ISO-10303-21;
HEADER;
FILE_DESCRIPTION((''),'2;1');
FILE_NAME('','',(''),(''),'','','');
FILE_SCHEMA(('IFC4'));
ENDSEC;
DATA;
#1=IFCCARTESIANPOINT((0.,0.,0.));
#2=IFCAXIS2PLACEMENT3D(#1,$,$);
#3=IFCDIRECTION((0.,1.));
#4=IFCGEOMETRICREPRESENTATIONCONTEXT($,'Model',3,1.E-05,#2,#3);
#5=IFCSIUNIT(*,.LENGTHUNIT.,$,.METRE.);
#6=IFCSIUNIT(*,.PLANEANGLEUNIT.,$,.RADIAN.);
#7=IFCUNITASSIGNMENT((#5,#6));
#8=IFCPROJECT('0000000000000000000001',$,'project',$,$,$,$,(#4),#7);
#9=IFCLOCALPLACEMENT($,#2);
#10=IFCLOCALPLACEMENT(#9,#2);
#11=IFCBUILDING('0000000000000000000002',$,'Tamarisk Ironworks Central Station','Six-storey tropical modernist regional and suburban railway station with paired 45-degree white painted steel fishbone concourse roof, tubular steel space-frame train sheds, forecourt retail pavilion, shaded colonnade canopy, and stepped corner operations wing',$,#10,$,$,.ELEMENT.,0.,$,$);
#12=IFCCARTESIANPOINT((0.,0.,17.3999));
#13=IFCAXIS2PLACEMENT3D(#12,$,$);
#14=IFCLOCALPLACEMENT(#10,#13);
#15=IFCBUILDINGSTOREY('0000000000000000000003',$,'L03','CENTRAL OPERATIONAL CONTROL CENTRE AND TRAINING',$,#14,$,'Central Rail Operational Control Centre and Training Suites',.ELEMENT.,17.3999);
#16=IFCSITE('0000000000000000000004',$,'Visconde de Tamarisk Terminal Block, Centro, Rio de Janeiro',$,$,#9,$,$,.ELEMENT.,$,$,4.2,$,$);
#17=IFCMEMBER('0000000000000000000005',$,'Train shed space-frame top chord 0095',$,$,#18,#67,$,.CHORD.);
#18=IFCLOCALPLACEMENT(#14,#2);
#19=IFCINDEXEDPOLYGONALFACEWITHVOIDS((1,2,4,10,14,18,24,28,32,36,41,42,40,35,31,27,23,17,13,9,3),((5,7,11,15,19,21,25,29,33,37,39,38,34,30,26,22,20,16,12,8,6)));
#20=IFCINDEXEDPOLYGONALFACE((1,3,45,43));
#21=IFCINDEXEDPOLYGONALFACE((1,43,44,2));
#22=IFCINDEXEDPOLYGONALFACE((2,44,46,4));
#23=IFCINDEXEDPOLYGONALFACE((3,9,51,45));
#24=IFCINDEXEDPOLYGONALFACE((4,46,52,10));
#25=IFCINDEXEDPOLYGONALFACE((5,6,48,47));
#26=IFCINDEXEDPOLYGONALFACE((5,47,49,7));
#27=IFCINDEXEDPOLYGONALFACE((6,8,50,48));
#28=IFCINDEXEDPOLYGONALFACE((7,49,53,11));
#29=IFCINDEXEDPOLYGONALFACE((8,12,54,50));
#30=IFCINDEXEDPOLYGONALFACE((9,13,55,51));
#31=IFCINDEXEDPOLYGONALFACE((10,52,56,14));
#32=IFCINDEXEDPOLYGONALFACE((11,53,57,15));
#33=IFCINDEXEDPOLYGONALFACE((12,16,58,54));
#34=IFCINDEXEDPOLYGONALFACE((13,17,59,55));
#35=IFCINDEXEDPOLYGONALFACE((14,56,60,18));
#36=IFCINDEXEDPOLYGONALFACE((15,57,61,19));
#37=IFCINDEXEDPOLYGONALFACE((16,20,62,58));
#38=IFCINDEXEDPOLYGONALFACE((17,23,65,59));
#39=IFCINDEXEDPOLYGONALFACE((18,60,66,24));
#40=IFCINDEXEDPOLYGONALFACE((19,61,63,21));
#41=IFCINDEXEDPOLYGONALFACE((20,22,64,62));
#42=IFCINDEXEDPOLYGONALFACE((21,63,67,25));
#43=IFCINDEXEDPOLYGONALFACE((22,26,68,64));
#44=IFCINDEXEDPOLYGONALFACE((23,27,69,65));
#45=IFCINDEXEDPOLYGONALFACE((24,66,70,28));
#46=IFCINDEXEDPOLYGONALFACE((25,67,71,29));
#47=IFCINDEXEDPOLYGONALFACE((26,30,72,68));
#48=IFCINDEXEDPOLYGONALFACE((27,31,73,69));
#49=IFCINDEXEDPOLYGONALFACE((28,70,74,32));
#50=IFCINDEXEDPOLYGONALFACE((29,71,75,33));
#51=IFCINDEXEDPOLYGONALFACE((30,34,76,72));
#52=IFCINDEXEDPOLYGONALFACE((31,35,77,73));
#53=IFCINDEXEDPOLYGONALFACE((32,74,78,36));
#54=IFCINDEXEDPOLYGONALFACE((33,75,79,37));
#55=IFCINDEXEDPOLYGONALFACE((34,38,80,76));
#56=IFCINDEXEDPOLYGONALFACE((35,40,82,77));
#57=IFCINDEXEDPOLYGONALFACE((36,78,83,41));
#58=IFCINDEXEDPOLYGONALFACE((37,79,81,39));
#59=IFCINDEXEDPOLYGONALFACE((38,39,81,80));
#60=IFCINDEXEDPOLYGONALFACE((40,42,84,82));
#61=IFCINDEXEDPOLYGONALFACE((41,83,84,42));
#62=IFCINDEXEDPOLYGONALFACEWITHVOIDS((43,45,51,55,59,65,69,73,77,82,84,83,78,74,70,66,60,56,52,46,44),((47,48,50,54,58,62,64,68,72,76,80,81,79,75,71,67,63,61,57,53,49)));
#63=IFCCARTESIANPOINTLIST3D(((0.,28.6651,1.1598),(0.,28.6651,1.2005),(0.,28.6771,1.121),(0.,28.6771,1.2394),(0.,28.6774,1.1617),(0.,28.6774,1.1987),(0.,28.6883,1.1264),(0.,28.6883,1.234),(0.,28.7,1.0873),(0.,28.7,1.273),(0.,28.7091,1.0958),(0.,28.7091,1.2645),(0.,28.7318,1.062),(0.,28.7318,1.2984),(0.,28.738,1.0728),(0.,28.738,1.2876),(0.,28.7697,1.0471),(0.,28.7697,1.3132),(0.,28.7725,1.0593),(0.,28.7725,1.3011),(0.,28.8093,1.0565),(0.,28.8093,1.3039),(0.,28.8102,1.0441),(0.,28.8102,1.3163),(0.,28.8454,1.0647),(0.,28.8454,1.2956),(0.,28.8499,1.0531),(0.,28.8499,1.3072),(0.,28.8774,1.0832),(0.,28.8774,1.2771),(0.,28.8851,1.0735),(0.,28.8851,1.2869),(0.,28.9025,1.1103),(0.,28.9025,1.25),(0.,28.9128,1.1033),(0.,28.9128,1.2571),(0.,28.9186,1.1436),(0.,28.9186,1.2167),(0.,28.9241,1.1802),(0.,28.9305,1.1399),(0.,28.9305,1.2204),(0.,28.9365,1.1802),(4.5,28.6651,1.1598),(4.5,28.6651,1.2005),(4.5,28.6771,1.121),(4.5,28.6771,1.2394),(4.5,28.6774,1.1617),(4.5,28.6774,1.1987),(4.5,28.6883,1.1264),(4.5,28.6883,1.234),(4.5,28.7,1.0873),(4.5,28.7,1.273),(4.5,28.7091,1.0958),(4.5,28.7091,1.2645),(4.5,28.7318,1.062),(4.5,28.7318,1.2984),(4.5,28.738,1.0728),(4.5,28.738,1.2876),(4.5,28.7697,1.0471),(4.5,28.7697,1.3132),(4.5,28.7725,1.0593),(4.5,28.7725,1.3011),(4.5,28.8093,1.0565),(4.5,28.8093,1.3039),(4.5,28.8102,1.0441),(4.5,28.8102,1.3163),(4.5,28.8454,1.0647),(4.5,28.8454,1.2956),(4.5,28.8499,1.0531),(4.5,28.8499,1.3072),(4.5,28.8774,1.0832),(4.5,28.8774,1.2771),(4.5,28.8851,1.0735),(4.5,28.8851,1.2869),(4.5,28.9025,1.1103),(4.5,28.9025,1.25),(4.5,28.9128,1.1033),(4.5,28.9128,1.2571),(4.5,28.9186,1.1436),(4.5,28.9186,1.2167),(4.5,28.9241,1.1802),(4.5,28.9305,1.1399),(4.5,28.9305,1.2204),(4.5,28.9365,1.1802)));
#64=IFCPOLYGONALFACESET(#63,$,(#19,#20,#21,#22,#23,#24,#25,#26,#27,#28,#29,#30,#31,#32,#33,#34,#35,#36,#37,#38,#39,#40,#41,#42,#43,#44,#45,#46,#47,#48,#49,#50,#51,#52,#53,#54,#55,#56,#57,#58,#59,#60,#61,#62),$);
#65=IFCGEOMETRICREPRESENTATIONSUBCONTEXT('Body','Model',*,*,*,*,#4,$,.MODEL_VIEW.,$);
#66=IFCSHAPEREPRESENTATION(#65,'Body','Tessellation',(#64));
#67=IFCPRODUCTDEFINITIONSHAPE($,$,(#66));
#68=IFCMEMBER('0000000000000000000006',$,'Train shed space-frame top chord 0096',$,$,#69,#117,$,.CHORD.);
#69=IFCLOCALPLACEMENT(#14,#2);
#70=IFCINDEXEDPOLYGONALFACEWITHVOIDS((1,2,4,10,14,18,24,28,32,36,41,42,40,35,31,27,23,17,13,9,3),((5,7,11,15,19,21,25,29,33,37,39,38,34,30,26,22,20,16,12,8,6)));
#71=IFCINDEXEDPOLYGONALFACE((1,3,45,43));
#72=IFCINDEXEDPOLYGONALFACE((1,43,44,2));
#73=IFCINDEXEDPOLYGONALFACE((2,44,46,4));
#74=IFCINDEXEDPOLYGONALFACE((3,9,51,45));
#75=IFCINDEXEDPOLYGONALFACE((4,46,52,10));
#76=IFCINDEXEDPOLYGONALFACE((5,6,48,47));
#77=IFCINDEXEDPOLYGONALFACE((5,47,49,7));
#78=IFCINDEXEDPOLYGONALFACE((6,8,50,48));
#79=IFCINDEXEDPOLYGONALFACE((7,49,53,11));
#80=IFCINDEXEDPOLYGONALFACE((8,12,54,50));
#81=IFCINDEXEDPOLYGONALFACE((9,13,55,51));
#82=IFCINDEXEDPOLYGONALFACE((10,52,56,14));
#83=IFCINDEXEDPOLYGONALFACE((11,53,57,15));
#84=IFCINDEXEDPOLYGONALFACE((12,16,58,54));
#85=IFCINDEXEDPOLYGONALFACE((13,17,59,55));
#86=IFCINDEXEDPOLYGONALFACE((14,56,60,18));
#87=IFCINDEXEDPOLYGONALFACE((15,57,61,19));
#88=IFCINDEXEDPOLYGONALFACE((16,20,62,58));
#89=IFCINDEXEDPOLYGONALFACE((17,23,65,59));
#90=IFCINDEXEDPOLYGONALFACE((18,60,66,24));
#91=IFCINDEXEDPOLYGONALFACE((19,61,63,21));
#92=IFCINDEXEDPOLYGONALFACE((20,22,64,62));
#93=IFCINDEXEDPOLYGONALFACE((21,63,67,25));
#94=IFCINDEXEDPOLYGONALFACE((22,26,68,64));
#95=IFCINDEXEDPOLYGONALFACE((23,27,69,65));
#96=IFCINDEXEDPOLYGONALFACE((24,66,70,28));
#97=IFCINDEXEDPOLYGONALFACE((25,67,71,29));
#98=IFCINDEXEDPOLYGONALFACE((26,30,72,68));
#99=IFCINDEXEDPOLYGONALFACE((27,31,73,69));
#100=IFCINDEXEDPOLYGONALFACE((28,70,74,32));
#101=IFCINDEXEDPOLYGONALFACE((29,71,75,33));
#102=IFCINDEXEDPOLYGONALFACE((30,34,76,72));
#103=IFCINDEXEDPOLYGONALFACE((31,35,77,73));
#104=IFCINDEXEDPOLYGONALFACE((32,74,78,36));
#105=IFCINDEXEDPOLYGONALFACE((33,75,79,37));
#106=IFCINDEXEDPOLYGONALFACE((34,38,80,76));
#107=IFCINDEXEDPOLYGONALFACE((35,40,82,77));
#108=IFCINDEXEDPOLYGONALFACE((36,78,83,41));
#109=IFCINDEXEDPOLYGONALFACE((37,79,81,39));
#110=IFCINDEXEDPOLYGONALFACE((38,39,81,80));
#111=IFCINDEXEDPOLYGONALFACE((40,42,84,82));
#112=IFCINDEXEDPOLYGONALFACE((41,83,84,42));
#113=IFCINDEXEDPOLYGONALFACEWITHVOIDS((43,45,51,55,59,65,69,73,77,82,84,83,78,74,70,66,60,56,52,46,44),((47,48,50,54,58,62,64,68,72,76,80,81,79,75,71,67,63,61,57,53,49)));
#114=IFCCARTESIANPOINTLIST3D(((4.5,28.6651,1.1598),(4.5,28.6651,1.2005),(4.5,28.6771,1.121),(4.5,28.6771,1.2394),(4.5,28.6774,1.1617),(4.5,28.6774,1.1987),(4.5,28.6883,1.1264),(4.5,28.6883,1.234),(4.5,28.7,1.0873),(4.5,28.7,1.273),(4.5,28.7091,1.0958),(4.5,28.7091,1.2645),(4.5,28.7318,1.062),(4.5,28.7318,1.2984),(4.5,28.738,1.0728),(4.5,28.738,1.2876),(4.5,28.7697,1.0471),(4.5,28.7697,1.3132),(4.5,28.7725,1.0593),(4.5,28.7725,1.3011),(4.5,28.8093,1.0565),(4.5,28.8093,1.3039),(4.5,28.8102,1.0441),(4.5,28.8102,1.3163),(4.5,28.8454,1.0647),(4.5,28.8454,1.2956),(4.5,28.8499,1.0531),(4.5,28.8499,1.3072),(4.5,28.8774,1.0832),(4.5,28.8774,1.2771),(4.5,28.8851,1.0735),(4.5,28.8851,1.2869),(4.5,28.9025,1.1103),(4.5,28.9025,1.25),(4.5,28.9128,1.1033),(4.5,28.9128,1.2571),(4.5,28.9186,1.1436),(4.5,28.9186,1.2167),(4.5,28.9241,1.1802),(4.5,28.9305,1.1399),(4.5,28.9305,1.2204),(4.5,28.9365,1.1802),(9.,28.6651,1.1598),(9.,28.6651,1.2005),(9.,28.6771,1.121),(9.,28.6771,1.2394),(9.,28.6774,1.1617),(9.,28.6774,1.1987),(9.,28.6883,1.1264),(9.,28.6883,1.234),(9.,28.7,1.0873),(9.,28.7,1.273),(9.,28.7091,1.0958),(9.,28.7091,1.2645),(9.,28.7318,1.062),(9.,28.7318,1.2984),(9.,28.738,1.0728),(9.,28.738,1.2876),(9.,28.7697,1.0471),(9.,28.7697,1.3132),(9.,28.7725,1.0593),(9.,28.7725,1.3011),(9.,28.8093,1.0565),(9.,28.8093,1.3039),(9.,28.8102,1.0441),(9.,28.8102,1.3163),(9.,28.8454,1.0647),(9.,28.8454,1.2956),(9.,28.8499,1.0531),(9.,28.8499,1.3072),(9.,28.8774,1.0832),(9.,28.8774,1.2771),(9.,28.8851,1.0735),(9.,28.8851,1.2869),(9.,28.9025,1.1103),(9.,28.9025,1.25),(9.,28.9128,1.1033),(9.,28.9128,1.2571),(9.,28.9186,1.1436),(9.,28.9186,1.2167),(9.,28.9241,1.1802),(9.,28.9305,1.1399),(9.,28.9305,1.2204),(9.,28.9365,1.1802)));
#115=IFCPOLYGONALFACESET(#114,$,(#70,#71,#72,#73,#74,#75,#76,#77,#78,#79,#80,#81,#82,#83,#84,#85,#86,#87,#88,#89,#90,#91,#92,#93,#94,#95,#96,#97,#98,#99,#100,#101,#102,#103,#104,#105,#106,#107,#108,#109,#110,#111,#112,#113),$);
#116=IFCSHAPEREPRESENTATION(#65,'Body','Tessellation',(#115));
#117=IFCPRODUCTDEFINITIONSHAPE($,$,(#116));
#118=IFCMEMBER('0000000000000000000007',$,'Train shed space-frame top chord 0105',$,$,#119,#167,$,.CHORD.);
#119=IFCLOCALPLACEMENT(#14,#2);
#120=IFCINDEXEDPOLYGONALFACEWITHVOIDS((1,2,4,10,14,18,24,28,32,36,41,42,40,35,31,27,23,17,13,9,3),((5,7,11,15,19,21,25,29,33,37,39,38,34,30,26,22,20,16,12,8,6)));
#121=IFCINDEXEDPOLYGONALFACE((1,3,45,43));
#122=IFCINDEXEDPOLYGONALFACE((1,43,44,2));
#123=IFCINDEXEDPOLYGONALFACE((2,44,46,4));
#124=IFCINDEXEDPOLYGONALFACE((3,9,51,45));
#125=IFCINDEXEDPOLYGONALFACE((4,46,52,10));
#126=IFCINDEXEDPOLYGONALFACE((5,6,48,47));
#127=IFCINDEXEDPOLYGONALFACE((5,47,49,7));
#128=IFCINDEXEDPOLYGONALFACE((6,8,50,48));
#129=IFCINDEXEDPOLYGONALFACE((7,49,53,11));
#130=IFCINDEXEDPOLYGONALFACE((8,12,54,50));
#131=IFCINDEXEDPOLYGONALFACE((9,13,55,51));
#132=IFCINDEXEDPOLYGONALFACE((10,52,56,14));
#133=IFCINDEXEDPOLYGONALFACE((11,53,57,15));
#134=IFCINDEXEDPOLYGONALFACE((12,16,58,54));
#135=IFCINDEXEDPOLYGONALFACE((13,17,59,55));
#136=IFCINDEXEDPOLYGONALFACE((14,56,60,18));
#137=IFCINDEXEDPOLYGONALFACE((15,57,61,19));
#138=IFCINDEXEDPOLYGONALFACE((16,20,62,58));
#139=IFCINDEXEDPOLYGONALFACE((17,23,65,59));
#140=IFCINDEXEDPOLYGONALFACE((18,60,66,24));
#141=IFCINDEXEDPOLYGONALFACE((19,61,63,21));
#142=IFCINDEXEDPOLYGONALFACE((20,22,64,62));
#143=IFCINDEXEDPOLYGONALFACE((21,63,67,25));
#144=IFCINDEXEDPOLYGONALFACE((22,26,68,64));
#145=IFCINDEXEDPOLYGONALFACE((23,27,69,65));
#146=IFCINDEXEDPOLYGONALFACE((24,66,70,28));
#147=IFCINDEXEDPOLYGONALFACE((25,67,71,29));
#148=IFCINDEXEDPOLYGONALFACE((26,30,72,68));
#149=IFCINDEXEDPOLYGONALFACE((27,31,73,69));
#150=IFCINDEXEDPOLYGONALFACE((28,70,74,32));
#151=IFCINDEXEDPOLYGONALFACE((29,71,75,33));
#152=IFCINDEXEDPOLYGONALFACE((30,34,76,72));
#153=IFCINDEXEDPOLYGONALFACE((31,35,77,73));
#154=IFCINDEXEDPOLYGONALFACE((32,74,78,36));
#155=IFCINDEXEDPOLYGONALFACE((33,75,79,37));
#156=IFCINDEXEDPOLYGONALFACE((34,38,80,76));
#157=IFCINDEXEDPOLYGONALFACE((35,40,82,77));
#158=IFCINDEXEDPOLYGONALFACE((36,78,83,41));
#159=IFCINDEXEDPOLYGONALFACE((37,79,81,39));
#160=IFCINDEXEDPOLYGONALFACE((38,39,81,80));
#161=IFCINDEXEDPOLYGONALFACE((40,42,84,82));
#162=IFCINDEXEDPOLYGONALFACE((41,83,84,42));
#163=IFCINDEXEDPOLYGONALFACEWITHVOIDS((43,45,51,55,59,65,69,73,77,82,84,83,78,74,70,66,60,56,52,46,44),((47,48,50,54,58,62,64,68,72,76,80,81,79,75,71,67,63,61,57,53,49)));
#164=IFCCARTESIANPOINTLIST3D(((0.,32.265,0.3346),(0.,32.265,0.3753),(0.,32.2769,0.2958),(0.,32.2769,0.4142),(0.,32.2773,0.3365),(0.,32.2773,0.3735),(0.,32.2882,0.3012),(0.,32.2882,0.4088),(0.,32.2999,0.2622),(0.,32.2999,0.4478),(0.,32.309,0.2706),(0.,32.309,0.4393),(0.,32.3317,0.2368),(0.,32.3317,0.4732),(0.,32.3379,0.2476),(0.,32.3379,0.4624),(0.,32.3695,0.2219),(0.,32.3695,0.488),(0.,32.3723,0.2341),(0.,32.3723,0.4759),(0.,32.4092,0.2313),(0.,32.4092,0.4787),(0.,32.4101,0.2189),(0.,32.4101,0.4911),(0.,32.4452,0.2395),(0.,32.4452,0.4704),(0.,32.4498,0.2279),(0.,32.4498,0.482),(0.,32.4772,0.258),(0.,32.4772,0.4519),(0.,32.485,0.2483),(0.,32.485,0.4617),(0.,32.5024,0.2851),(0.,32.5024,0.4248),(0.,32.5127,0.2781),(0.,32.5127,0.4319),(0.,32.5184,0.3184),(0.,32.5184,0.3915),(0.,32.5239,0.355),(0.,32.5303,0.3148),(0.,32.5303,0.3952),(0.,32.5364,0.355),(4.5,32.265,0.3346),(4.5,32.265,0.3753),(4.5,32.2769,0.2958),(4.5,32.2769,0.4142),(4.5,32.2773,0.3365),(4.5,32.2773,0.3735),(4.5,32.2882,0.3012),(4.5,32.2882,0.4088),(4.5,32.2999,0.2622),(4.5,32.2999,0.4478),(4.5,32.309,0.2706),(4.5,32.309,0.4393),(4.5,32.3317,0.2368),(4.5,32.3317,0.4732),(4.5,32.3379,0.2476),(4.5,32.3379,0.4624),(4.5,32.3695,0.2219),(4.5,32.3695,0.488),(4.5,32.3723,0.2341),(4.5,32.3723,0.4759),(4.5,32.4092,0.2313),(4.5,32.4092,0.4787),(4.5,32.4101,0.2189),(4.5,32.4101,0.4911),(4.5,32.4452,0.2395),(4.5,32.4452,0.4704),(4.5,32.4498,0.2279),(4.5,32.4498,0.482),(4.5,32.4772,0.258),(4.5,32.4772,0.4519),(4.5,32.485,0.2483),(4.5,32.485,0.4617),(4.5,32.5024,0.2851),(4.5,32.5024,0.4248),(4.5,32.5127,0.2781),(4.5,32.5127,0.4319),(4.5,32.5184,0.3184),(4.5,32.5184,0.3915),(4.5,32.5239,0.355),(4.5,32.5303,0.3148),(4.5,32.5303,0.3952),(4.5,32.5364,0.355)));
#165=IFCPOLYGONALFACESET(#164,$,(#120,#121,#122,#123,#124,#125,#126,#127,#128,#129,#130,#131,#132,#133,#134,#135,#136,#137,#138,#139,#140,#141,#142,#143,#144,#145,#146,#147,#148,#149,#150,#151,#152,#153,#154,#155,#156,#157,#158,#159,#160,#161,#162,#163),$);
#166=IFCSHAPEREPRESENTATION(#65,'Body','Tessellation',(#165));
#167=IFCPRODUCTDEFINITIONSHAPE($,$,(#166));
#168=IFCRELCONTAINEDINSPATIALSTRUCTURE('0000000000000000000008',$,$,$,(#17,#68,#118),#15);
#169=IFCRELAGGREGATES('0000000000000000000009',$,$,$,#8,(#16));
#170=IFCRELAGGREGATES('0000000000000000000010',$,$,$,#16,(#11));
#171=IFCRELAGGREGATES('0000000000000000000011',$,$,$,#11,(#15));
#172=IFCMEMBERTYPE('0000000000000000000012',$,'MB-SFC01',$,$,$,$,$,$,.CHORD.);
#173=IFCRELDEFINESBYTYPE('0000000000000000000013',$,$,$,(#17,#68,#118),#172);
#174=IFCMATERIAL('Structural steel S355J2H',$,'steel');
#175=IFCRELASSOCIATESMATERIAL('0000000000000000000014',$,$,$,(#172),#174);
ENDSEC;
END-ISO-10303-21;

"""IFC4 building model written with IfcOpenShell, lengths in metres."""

from ifc_helpers import new_model, si_unit, direction, frame, origin, origin_2d, place, context, subcontext, project, spatial, hollow_circle, extrude, material, material_profile, profile_set, type_object, element, save


model = new_model("IFC4")

# Units and contexts
model_context = context("Model", 3, precision=1e-05, world=origin(), true_north=direction((0.0, 1.0)))
body_context = subcontext(model_context, "Body", "Model", "MODEL_VIEW")
ifc_project = project(units=[si_unit("LENGTHUNIT", "METRE"), si_unit("PLANEANGLEUNIT", "RADIAN")], contexts=[model_context])

# Site, building, storey
site_placement = place(None, origin())
site = spatial("IfcSite", under=ifc_project, at=site_placement, Name="Visconde de Tamarisk Terminal Block, Centro, Rio de Janeiro", CompositionType="ELEMENT", RefElevation=4.2)
building_placement = place(site_placement, origin())
building = spatial("IfcBuilding", under=site, at=building_placement, Name="Tamarisk Ironworks Central Station", Description="Six-storey tropical modernist regional and suburban railway station with paired 45-degree white painted steel fishbone concourse roof, tubular steel space-frame train sheds, forecourt retail pavilion, shaded colonnade canopy, and stepped corner operations wing", CompositionType="ELEMENT", ElevationOfRefHeight=0.0)
storey_placement = place(building_placement, frame((0.0, 0.0, 17.3999)))
storey = spatial("IfcBuildingStorey", under=building, at=storey_placement, Name="L03", Description="CENTRAL OPERATIONAL CONTROL CENTRE AND TRAINING", LongName="Central Rail Operational Control Centre and Training Suites", CompositionType="ELEMENT", Elevation=17.3999)

# Members
ifc_material_1 = material(Name="Structural steel S355J2H", Category="steel")
ifc_material_profile_1 = material_profile(ifc_material_1, hollow_circle(Radius=0.1365, WallThickness=0.0125, at=origin_2d()), Name="CHS 273x12.5")
ifc_profile_set_1 = profile_set([ifc_material_profile_1], Name="Structural steel S355J2H")
member_type_1 = type_object("IfcMemberType", Name="MB-SFC01", PredefinedType="CHORD", material=ifc_profile_set_1)
for number, where, z_axis, x_axis, name in (
    (1, (0.0, 28.8, 1.1802), (1.0, 0.0, 0.0), (0.0, 1.0, 0.0), "Train shed space-frame top chord 0095"),
    (2, (4.5, 28.8, 1.1802), (1.0, 0.0, 0.0), (0.0, 1.0, 0.0), "Train shed space-frame top chord 0096"),
    (3, (0.0, 32.3999, 0.355), (1.0, 0.0, 0.0), (0.0, 1.0, 0.0), "Train shed space-frame top chord 0105"),
):
    element("IfcMember", number, at=place(storey_placement, frame(where, z_axis=z_axis, x_axis=x_axis)), inside=storey, type_object=member_type_1, Name=name, PredefinedType="CHORD", context=body_context, shape_type="SweptSolid", body=[
        extrude(hollow_circle(Radius=0.1365, WallThickness=0.0125, at=origin_2d()), origin(), (0.0, 0.0, 1.0), 4.5),
    ])

save(model, "model.ifc")
